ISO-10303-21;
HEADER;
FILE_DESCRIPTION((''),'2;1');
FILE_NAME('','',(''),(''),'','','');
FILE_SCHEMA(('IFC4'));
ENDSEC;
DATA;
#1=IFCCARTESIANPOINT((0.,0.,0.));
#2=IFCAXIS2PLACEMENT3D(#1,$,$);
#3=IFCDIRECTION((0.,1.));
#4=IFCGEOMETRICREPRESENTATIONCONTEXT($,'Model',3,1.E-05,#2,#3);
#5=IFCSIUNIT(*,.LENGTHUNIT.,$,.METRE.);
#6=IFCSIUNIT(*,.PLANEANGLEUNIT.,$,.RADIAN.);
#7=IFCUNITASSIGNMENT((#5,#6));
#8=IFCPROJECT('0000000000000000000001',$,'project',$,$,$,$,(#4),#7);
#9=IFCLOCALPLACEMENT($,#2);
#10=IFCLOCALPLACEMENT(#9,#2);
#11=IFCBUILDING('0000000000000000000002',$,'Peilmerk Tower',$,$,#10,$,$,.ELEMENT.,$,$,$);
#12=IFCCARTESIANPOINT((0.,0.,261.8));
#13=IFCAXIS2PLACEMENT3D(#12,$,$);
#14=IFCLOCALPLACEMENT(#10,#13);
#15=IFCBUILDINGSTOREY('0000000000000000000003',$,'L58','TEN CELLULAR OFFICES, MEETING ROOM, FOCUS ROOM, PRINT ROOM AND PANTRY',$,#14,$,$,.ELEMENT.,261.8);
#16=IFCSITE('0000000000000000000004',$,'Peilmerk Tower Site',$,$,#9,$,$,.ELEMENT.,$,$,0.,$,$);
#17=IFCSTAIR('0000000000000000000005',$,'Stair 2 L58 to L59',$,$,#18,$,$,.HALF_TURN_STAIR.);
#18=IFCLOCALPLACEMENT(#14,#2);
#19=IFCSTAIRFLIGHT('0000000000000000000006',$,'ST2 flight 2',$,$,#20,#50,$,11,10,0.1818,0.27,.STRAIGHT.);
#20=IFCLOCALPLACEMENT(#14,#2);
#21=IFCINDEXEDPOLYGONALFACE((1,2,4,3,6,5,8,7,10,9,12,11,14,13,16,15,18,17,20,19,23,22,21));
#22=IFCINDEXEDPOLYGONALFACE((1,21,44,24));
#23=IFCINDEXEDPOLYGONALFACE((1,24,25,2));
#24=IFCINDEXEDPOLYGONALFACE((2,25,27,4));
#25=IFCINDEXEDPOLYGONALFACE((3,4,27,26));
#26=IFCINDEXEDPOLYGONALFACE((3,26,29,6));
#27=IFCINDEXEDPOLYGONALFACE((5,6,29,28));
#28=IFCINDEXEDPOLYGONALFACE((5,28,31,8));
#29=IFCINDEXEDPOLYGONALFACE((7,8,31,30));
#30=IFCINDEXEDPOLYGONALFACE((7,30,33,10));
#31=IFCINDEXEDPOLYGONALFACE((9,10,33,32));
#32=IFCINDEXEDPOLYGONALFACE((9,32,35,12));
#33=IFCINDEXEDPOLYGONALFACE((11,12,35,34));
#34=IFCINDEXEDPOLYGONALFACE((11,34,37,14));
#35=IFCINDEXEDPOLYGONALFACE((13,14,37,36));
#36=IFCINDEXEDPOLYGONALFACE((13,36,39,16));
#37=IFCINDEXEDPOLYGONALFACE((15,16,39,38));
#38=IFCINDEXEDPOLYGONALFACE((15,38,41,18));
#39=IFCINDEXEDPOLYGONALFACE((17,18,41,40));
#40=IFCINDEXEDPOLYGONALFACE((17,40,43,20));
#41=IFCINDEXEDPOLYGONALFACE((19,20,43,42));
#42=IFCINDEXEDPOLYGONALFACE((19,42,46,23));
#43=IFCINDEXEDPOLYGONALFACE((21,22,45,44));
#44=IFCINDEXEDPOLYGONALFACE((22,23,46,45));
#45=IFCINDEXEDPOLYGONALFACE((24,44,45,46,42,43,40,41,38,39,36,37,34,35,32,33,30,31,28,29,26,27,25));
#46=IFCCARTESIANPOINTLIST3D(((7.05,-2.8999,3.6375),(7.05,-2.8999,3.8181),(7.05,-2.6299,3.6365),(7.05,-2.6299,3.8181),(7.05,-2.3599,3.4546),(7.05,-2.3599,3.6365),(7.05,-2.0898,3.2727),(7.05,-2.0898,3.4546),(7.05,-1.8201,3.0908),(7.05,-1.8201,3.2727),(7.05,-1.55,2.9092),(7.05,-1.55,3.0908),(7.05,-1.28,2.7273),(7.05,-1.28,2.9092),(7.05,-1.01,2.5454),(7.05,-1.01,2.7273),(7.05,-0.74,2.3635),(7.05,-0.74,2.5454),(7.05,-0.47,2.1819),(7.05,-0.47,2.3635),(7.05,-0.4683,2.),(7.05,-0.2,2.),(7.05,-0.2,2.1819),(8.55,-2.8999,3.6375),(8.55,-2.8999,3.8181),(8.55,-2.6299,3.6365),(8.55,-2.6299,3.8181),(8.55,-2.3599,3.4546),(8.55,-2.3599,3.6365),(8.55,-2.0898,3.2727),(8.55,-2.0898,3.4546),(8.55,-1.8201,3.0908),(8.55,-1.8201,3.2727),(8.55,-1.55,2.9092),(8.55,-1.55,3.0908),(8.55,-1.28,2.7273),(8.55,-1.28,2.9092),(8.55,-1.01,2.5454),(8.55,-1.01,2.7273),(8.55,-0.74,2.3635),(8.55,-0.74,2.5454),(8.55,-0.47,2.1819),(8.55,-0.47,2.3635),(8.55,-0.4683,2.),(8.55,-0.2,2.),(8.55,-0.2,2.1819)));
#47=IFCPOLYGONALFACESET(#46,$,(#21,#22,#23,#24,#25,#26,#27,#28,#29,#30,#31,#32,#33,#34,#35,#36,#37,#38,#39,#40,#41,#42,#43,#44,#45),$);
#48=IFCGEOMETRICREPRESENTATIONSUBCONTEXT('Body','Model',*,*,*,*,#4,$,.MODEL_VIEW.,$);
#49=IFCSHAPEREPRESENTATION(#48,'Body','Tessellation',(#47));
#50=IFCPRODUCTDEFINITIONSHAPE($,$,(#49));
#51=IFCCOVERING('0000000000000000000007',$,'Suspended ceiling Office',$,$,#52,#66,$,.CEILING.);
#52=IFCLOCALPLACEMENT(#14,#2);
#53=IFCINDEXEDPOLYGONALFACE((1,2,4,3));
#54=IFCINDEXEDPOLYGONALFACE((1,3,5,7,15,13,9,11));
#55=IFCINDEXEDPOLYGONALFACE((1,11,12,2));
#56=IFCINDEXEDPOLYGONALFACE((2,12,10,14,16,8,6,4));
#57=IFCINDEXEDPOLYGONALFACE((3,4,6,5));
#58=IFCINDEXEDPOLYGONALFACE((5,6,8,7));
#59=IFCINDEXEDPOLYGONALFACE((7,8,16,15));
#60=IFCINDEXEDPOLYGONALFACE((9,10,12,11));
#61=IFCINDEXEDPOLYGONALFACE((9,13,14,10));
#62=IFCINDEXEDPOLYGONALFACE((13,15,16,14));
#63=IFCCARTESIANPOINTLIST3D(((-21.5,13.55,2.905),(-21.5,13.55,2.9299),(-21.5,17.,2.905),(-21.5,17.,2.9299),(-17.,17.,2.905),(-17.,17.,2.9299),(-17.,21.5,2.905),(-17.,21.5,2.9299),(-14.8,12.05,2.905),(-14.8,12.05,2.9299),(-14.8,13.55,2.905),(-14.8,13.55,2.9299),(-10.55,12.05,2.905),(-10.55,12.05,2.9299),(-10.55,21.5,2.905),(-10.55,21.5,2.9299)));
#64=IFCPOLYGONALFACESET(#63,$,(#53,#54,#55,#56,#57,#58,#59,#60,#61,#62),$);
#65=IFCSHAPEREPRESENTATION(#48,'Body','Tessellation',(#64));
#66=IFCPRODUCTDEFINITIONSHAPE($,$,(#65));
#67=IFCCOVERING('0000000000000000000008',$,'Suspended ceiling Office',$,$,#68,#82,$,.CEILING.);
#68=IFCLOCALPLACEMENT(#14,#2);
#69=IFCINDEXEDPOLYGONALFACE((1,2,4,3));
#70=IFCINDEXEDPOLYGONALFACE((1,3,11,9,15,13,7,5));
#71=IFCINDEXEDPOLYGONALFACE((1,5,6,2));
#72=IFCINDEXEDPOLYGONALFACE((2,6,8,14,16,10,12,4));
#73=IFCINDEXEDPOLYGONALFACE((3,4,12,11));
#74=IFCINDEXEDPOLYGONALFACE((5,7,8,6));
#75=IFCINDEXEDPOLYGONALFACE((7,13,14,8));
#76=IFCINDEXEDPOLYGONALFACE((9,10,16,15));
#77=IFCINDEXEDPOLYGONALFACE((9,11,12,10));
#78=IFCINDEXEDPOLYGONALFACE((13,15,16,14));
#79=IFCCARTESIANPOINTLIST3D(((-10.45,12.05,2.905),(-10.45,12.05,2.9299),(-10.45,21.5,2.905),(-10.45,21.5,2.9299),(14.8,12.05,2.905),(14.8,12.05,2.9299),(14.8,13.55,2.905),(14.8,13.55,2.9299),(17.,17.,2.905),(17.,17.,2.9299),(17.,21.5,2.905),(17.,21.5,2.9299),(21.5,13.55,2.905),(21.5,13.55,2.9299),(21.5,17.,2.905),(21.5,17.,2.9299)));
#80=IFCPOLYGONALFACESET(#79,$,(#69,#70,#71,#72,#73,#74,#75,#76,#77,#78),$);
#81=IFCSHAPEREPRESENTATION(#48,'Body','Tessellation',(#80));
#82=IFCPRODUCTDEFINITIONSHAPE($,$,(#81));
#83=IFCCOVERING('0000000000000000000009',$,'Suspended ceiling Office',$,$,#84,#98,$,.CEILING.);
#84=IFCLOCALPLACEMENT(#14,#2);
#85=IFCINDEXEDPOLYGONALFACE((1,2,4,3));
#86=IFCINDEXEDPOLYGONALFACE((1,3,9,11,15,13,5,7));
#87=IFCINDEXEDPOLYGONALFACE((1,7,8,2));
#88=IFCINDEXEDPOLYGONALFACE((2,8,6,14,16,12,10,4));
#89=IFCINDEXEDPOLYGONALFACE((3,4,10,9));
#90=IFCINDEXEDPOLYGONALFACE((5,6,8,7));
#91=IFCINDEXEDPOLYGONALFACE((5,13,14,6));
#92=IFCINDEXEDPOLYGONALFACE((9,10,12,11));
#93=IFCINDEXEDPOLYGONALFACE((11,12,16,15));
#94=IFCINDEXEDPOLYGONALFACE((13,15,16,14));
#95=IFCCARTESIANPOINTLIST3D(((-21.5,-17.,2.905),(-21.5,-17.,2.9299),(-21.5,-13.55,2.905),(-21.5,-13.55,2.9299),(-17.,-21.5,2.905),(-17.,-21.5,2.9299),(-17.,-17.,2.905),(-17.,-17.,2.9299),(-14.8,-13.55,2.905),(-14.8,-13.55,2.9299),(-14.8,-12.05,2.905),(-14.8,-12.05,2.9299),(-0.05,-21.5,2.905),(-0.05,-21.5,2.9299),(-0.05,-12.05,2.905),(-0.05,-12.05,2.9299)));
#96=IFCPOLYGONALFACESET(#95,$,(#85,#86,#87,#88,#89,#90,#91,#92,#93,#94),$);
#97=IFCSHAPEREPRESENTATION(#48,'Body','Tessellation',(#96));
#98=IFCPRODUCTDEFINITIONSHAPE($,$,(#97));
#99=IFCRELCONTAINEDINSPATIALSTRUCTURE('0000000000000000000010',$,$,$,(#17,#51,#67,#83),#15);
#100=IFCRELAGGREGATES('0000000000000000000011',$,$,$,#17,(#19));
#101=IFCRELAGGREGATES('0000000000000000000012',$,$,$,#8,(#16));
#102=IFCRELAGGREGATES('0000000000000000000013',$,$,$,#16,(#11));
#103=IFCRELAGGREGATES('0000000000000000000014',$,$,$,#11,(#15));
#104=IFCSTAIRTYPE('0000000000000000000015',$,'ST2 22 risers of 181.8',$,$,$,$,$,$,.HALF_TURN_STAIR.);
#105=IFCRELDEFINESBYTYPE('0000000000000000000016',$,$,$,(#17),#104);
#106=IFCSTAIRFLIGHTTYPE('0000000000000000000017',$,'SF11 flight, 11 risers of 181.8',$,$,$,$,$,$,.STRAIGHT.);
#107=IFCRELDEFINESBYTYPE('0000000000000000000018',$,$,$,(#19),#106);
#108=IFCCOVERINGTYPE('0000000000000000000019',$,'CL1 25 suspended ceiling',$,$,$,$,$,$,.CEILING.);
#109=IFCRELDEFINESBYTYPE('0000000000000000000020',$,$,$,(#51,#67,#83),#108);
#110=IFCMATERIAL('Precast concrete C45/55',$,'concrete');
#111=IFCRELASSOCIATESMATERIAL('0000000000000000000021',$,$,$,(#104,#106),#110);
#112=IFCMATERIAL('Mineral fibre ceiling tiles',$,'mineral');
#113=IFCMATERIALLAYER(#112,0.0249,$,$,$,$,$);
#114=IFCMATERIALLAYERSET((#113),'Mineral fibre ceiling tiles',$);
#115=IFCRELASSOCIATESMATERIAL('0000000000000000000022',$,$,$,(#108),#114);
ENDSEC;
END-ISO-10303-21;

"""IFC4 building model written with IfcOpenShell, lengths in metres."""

from ifc_helpers import new_model, si_unit, direction, frame, origin, place, context, subcontext, project, spatial, polyline, outline, extrude, material, layer, layer_set, type_object, element, aggregate, save


model = new_model("IFC4")

# Units and contexts
model_context = context("Model", 3, precision=1e-05, world=origin(), true_north=direction((0.0, 1.0)))
body_context = subcontext(model_context, "Body", "Model", "MODEL_VIEW")
ifc_project = project(units=[si_unit("LENGTHUNIT", "METRE"), si_unit("PLANEANGLEUNIT", "RADIAN")], contexts=[model_context])

# Site, building, storey
site_placement = place(None, origin())
site = spatial("IfcSite", under=ifc_project, at=site_placement, Name="Peilmerk Tower Site", CompositionType="ELEMENT", RefElevation=0.0)
building_placement = place(site_placement, origin())
building = spatial("IfcBuilding", under=site, at=building_placement, Name="Peilmerk Tower", CompositionType="ELEMENT")
storey_placement = place(building_placement, frame((0.0, 0.0, 261.8)))
storey = spatial("IfcBuildingStorey", under=building, at=storey_placement, Name="L58", Description="TEN CELLULAR OFFICES, MEETING ROOM, FOCUS ROOM, PRINT ROOM AND PANTRY", CompositionType="ELEMENT", Elevation=261.8)

# Stair
ifc_material_1 = material(Name="Precast concrete C45/55", Category="concrete")
stair_type = type_object("IfcStairType", Name="ST2 22 risers of 181.8", PredefinedType="HALF_TURN_STAIR", material=ifc_material_1)
stair_placement = place(storey_placement, origin())
stair = element("IfcStair", 1, at=stair_placement, inside=storey, type_object=stair_type, Name="Stair 2 L58 to L59", PredefinedType="HALF_TURN_STAIR")

# Stair flight
stair_flight_type = type_object("IfcStairFlightType", Name="SF11 flight, 11 risers of 181.8", PredefinedType="STRAIGHT", material=ifc_material_1)
stair_flight_1_placement = place(storey_placement, frame((7.8, -0.2, 2.0), z_axis=(0.0, 0.0, 1.0), x_axis=(0.0, -1.0, 0.0)))
stair_flight_1 = element("IfcStairFlight", 2, at=stair_flight_1_placement, type_object=stair_flight_type, Name="ST2 flight 2", NumberOfRisers=11, NumberOfTreads=10, PredefinedType="STRAIGHT", RiserHeight=0.1818, TreadLength=0.27, context=body_context, shape_type="SweptSolid", body=[
    extrude(outline(polyline([(0.0, 0.0), (0.0, 0.1819), (0.27, 0.1819), (0.27, 0.3635), (0.54, 0.3635), (0.54, 0.5454), (0.8101, 0.5454), (0.8101, 0.7273), (1.0801, 0.7273), (1.0801, 0.9092), (1.3501, 0.9092), (1.3501, 1.0908), (1.6201, 1.0908), (1.6201, 1.2727), (1.8899, 1.2727), (1.8899, 1.4546), (2.1599, 1.4546), (2.1599, 1.6365), (2.4299, 1.6365), (2.4299, 1.8181), (2.7, 1.8181), (2.7, 2.0), (2.7, 1.6375), (0.2683, 0.0), (0.0, 0.0)])), frame((0.0, 0.75, 0.0), z_axis=(0.0, -1.0, 0.0), x_axis=(1.0, 0.0, 0.0)), (0.0, 0.0, 1.0), 1.5),
])
aggregate(stair, [stair_flight_1])

# Coverings
ifc_material_2 = material(Name="Mineral fibre ceiling tiles", Category="mineral")
ifc_layer_1 = layer(ifc_material_2, 0.0249)
ifc_layer_set_1 = layer_set([ifc_layer_1], Name="Mineral fibre ceiling tiles")
covering_type = type_object("IfcCoveringType", Name="CL1 25 suspended ceiling", PredefinedType="CEILING", material=ifc_layer_set_1)
covering_1_placement = place(storey_placement, frame((0.0, 0.0, 2.905)))
element("IfcCovering", 3, at=covering_1_placement, inside=storey, type_object=covering_type, Name="Suspended ceiling Office", PredefinedType="CEILING", context=body_context, shape_type="SweptSolid", body=[
    extrude(outline(polyline([(-21.5, 17.0), (-21.5, 13.55), (-14.8, 13.55), (-14.8, 12.05), (-10.55, 12.05), (-10.55, 21.5), (-17.0, 21.5), (-17.0, 17.0), (-21.5, 17.0)])), origin(), (0.0, 0.0, 1.0), 0.0249),
])
covering_2_placement = place(storey_placement, frame((0.0, 0.0, 2.905)))
element("IfcCovering", 4, at=covering_2_placement, inside=storey, type_object=covering_type, Name="Suspended ceiling Office", PredefinedType="CEILING", context=body_context, shape_type="SweptSolid", body=[
    extrude(outline(polyline([(17.0, 21.5), (-10.45, 21.5), (-10.45, 12.05), (14.8, 12.05), (14.8, 13.55), (21.5, 13.55), (21.5, 17.0), (17.0, 17.0), (17.0, 21.5)])), origin(), (0.0, 0.0, 1.0), 0.0249),
])
covering_3_placement = place(storey_placement, frame((0.0, 0.0, 2.905)))
element("IfcCovering", 5, at=covering_3_placement, inside=storey, type_object=covering_type, Name="Suspended ceiling Office", PredefinedType="CEILING", context=body_context, shape_type="SweptSolid", body=[
    extrude(outline(polyline([(-17.0, -21.5), (-0.05, -21.5), (-0.05, -12.05), (-14.8, -12.05), (-14.8, -13.55), (-21.5, -13.55), (-21.5, -17.0), (-17.0, -17.0), (-17.0, -21.5)])), origin(), (0.0, 0.0, 1.0), 0.0249),
])

save(model, "model.ifc")
